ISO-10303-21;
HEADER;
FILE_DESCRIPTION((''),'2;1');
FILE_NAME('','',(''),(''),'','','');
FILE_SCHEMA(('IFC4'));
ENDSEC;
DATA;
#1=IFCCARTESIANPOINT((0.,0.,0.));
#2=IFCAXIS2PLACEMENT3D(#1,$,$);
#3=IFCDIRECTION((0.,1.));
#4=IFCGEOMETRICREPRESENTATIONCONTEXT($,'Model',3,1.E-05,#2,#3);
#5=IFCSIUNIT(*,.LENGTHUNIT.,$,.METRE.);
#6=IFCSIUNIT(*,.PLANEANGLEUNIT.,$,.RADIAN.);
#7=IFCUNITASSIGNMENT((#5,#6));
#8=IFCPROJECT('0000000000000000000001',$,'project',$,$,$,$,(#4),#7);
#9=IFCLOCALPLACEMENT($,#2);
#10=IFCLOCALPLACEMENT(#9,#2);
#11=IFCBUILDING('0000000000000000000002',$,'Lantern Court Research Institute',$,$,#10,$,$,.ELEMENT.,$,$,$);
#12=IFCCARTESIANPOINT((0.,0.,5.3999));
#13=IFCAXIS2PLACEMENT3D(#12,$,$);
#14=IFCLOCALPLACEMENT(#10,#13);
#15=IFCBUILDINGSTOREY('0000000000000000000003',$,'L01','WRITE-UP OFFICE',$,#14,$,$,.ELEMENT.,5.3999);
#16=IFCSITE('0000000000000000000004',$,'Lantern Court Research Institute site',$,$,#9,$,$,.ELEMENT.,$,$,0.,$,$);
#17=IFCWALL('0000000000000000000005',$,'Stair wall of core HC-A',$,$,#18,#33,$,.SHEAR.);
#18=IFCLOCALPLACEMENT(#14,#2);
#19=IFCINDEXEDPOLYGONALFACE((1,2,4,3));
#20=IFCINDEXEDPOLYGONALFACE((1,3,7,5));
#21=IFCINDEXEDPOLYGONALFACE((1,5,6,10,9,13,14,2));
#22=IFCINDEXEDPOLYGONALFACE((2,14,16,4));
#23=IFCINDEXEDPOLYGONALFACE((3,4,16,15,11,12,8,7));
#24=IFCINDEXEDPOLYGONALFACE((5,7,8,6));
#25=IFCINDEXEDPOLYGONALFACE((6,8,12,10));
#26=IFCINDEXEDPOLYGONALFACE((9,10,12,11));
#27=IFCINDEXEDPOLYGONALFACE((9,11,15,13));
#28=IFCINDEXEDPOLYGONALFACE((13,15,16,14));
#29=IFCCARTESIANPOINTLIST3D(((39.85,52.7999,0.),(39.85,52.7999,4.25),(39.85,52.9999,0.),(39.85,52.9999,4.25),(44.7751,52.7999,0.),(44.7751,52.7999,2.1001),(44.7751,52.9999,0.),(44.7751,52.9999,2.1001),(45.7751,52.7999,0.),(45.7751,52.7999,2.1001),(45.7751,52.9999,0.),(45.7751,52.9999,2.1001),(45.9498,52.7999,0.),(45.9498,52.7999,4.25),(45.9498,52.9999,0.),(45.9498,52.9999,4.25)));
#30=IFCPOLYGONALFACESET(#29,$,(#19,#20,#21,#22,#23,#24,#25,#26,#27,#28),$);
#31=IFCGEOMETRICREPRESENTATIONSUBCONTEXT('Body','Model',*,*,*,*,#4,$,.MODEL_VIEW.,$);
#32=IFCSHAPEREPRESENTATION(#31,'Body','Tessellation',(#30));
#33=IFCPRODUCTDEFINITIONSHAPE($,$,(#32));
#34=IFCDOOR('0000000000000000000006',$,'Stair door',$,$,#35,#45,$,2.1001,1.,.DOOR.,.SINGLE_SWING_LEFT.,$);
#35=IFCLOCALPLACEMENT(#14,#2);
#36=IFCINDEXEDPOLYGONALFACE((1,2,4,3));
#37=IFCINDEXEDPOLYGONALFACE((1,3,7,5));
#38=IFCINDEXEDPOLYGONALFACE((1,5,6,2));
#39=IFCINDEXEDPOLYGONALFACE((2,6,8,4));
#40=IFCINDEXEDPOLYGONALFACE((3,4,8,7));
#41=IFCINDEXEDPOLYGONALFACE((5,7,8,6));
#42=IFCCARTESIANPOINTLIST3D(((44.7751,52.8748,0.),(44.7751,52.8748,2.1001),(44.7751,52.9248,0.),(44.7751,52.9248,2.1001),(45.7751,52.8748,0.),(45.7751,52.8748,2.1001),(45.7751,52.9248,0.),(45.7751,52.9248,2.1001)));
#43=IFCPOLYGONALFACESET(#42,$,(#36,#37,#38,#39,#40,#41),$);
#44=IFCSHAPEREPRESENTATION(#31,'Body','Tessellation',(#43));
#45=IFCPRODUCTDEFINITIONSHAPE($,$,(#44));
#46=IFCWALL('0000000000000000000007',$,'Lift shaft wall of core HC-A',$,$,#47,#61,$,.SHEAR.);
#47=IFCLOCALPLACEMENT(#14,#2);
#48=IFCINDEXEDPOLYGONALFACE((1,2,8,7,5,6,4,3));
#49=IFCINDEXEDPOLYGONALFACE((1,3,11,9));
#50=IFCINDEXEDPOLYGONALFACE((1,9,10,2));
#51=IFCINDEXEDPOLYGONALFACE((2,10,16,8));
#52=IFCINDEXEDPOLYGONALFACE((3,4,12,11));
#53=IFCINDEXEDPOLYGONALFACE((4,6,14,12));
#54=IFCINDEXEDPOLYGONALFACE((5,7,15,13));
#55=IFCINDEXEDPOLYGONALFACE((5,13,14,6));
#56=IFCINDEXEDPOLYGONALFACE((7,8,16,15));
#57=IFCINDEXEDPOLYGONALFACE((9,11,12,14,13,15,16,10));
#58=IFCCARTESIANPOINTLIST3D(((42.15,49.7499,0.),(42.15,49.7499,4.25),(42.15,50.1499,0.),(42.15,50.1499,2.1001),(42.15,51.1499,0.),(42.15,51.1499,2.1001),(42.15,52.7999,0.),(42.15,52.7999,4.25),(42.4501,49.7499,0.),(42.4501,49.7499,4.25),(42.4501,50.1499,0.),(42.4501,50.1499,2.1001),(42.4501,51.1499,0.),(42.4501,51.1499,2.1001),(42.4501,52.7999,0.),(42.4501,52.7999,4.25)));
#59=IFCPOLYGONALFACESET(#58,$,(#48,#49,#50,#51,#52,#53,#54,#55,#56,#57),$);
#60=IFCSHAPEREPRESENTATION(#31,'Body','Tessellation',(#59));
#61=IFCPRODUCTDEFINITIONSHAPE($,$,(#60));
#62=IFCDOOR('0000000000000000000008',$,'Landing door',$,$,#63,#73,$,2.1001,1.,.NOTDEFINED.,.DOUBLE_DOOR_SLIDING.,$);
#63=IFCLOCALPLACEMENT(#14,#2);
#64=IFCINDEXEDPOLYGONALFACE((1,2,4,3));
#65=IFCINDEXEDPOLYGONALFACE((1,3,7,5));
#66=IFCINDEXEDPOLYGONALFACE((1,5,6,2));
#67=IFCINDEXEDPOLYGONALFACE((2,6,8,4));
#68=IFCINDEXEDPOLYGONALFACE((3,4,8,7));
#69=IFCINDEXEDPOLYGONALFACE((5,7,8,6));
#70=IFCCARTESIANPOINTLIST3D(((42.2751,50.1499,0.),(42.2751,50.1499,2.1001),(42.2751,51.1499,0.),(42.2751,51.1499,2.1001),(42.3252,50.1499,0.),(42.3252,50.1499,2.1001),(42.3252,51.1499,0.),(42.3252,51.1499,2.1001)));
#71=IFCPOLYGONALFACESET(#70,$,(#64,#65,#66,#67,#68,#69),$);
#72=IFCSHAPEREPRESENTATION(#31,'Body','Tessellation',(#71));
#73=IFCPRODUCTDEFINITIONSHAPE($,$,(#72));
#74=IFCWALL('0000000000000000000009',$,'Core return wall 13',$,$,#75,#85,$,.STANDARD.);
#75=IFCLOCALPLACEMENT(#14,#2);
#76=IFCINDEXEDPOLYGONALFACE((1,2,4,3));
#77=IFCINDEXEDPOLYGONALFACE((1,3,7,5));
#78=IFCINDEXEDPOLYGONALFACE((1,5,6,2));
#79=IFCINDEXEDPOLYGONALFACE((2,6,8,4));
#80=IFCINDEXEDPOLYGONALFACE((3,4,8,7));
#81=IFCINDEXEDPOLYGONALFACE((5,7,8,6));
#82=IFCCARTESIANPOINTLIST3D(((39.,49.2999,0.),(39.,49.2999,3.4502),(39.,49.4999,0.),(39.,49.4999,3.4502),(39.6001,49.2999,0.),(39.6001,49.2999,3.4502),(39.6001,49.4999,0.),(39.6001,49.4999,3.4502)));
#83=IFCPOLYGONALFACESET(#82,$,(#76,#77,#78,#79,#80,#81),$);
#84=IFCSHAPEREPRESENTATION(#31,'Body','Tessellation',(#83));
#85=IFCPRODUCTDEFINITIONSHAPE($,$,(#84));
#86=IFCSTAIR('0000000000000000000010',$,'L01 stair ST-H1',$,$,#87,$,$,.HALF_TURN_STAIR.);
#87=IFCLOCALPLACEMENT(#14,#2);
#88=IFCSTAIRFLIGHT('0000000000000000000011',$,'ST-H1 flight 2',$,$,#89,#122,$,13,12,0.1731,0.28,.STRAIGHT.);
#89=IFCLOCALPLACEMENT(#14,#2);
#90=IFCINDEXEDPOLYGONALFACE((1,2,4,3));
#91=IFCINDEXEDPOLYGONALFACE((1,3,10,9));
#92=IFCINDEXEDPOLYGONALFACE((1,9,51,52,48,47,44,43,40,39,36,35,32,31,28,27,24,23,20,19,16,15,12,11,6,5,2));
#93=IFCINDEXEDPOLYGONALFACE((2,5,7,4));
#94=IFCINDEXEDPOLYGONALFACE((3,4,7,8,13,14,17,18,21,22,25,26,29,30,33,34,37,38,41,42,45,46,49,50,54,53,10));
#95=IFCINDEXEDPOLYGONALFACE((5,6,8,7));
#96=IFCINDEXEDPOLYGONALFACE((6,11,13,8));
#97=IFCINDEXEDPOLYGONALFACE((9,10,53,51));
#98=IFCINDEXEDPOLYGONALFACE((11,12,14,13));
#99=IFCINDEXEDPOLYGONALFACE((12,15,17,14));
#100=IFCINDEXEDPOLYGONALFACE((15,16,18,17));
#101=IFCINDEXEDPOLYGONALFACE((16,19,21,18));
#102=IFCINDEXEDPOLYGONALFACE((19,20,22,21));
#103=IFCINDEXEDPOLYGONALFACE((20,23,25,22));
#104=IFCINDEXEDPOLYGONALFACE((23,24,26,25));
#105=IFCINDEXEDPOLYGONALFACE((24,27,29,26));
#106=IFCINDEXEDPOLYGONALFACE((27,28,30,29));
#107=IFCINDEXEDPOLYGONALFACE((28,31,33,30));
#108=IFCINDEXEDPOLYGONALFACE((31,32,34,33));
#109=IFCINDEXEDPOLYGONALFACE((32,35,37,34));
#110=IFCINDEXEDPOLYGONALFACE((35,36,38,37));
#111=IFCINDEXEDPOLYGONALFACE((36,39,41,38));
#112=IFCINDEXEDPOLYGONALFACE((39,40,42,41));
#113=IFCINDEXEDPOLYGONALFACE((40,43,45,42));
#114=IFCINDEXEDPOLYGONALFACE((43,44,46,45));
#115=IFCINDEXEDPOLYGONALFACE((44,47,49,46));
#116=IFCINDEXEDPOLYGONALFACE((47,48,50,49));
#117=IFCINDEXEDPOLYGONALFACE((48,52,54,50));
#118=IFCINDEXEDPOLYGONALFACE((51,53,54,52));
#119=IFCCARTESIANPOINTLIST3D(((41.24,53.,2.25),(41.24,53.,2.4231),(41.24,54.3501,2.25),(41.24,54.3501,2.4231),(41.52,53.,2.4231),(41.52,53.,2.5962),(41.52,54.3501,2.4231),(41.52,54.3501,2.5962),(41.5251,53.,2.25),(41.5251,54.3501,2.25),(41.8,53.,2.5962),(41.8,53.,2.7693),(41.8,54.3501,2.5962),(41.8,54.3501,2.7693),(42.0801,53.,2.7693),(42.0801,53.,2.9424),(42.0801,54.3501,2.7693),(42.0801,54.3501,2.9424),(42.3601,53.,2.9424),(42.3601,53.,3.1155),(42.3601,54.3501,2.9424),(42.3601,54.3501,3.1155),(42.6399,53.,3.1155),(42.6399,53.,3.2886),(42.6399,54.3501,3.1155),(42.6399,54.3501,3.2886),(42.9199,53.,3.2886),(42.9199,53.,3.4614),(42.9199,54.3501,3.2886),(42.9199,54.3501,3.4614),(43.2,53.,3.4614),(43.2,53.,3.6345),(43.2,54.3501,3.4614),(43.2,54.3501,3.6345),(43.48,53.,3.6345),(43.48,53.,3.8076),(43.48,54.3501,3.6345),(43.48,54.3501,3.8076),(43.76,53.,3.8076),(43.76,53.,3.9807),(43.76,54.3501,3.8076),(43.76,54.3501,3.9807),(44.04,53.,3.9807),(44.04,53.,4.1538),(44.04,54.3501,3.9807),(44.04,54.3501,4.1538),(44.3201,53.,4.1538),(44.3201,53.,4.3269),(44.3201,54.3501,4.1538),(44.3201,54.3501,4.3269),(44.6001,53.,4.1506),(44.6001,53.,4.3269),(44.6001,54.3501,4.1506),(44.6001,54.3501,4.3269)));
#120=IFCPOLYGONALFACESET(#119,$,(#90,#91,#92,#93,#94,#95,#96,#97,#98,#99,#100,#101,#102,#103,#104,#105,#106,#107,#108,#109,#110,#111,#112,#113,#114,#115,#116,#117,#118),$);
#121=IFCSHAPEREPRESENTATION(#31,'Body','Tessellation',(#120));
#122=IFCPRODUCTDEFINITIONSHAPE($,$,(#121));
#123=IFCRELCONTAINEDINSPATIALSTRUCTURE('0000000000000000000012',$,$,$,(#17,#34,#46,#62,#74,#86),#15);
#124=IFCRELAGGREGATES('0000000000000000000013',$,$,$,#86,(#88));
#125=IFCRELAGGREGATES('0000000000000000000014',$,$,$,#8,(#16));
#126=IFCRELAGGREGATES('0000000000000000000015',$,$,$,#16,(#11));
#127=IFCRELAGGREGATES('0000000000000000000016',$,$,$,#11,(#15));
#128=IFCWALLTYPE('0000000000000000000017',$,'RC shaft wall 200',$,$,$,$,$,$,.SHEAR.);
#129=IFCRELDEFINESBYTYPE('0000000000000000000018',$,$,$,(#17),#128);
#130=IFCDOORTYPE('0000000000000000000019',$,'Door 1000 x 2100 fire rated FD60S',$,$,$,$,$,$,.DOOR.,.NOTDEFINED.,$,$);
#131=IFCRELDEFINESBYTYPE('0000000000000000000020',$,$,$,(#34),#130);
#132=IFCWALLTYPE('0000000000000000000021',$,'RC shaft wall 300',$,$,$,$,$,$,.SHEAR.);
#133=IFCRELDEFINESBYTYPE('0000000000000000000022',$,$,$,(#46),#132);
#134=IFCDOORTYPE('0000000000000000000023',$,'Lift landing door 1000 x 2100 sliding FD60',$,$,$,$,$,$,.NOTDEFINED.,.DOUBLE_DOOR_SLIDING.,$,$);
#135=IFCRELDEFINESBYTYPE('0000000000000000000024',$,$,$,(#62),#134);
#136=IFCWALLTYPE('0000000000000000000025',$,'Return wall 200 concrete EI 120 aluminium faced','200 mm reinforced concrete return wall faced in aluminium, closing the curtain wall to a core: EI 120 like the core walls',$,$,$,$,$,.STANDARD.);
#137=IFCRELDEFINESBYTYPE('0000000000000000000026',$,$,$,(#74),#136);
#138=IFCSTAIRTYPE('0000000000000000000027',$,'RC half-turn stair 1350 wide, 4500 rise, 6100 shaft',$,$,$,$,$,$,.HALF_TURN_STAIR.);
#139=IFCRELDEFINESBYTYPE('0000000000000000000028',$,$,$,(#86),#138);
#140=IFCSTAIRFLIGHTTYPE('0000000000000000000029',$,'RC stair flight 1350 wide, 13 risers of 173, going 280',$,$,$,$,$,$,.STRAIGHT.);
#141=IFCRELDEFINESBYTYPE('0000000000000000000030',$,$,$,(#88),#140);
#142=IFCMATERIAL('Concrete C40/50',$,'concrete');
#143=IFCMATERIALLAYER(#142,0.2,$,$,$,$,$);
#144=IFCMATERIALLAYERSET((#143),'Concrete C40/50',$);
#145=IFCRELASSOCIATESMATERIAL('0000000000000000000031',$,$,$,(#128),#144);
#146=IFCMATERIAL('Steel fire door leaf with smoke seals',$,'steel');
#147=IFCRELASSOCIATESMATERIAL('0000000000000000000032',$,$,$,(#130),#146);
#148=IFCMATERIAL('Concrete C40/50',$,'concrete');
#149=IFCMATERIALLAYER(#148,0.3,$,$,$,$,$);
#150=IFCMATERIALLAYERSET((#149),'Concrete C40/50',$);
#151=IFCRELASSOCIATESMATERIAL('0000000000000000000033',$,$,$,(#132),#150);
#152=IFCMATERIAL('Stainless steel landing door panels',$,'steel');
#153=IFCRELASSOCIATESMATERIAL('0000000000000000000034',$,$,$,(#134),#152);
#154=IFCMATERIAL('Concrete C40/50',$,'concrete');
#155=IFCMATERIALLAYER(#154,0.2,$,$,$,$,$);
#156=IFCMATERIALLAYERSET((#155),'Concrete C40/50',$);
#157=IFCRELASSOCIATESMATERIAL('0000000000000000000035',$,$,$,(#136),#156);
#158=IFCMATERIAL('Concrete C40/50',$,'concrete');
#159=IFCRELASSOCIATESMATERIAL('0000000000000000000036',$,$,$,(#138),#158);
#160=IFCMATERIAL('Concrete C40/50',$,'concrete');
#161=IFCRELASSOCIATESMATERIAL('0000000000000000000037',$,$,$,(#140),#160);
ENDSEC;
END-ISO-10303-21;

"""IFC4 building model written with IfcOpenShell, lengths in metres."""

from ifc_helpers import new_model, si_unit, direction, frame, frame_2d, origin, place, context, subcontext, project, spatial, polyline, rectangle, outline, extrude, material, layer, layer_set, type_object, element, fill, aggregate, save


model = new_model("IFC4")

# Units and contexts
model_context = context("Model", 3, precision=1e-05, world=origin(), true_north=direction((0.0, 1.0)))
body_context = subcontext(model_context, "Body", "Model", "MODEL_VIEW")
ifc_project = project(units=[si_unit("LENGTHUNIT", "METRE"), si_unit("PLANEANGLEUNIT", "RADIAN")], contexts=[model_context])

# Site, building, storey
site_placement = place(None, origin())
site = spatial("IfcSite", under=ifc_project, at=site_placement, Name="Lantern Court Research Institute site", CompositionType="ELEMENT", RefElevation=0.0)
building_placement = place(site_placement, origin())
building = spatial("IfcBuilding", under=site, at=building_placement, Name="Lantern Court Research Institute", CompositionType="ELEMENT")
storey_placement = place(building_placement, frame((0.0, 0.0, 5.3999)))
storey = spatial("IfcBuildingStorey", under=building, at=storey_placement, Name="L01", Description="WRITE-UP OFFICE", CompositionType="ELEMENT", Elevation=5.3999)

# Walls, openings, doors
ifc_material_1 = material(Name="Concrete C40/50", Category="concrete")
ifc_layer_1 = layer(ifc_material_1, 0.2)
ifc_layer_set_1 = layer_set([ifc_layer_1], Name="Concrete C40/50")
wall_type_1 = type_object("IfcWallType", Name="RC shaft wall 200", PredefinedType="SHEAR", material=ifc_layer_set_1)
wall_1_placement = place(storey_placement, frame((39.8501, 52.8999, 0.0), z_axis=(0.0, 0.0, 1.0), x_axis=(1.0, 0.0, 0.0)))
wall_1 = element("IfcWall", 1, at=wall_1_placement, inside=storey, type_object=wall_type_1, Name="Stair wall of core HC-A", PredefinedType="SHEAR", context=body_context, shape_type="SweptSolid", body=[
    extrude(rectangle(XDim=6.0999, YDim=0.2, at=frame_2d((3.0498, 0.0))), origin(), (0.0, 0.0, 1.0), 4.25),
])
opening_1_placement = place(wall_1_placement, frame((4.925, 0.0, 0.0)))
opening_1 = element("IfcOpeningElement", 2, at=opening_1_placement, cuts=wall_1, PredefinedType="OPENING", context=body_context, shape_type="SweptSolid", body=[
    extrude(rectangle(XDim=1.0, YDim=2.1001, at=frame_2d((0.5, 1.05))), frame((0.0, 0.1099, 0.0), z_axis=(0.0, -1.0, 0.0), x_axis=(1.0, 0.0, 0.0)), (0.0, 0.0, 1.0), 0.22),
])
ifc_material_2 = material(Name="Steel fire door leaf with smoke seals", Category="steel")
door_type_1 = type_object("IfcDoorType", Name="Door 1000 x 2100 fire rated FD60S", OperationType="NOTDEFINED", PredefinedType="DOOR", material=ifc_material_2)
door_1_placement = place(opening_1_placement, origin())
door_1 = element("IfcDoor", 3, at=door_1_placement, inside=storey, type_object=door_type_1, Name="Stair door", OperationType="SINGLE_SWING_LEFT", OverallHeight=2.1001, OverallWidth=1.0, PredefinedType="DOOR", context=body_context, shape_type="SweptSolid", body=[
    extrude(rectangle(XDim=1.0, YDim=2.1001, at=frame_2d((0.5, 1.05))), frame((0.0, 0.0249, 0.0), z_axis=(0.0, -1.0, 0.0), x_axis=(1.0, 0.0, 0.0)), (0.0, 0.0, 1.0), 0.05),
])
fill(opening_1, door_1)
ifc_material_3 = material(Name="Concrete C40/50", Category="concrete")
ifc_layer_2 = layer(ifc_material_3, 0.3)
ifc_layer_set_2 = layer_set([ifc_layer_2], Name="Concrete C40/50")
wall_type_2 = type_object("IfcWallType", Name="RC shaft wall 300", PredefinedType="SHEAR", material=ifc_layer_set_2)
wall_2_placement = place(storey_placement, frame((42.3, 49.75, 0.0), z_axis=(0.0, 0.0, 1.0), x_axis=(0.0, 1.0, 0.0)))
wall_2 = element("IfcWall", 4, at=wall_2_placement, inside=storey, type_object=wall_type_2, Name="Lift shaft wall of core HC-A", PredefinedType="SHEAR", context=body_context, shape_type="SweptSolid", body=[
    extrude(rectangle(XDim=3.05, YDim=0.3, at=frame_2d((1.5249, 0.0))), origin(), (0.0, 0.0, 1.0), 4.25),
])
opening_2_placement = place(wall_2_placement, frame((0.3999, 0.0, 0.0)))
opening_2 = element("IfcOpeningElement", 5, at=opening_2_placement, cuts=wall_2, PredefinedType="OPENING", context=body_context, shape_type="SweptSolid", body=[
    extrude(rectangle(XDim=1.0, YDim=2.1001, at=frame_2d((0.5, 1.05))), frame((0.0, 0.1599, 0.0), z_axis=(0.0, -1.0, 0.0), x_axis=(1.0, 0.0, 0.0)), (0.0, 0.0, 1.0), 0.3201),
])
ifc_material_4 = material(Name="Stainless steel landing door panels", Category="steel")
door_type_2 = type_object("IfcDoorType", Name="Lift landing door 1000 x 2100 sliding FD60", OperationType="DOUBLE_DOOR_SLIDING", PredefinedType="NOTDEFINED", material=ifc_material_4)
door_2_placement = place(opening_2_placement, origin())
door_2 = element("IfcDoor", 6, at=door_2_placement, inside=storey, type_object=door_type_2, Name="Landing door", OperationType="DOUBLE_DOOR_SLIDING", OverallHeight=2.1001, OverallWidth=1.0, PredefinedType="NOTDEFINED", context=body_context, shape_type="SweptSolid", body=[
    extrude(rectangle(XDim=1.0, YDim=2.1001, at=frame_2d((0.5, 1.05))), frame((0.0, 0.0249, 0.0), z_axis=(0.0, -1.0, 0.0), x_axis=(1.0, 0.0, 0.0)), (0.0, 0.0, 1.0), 0.05),
])
fill(opening_2, door_2)

# Wall
ifc_material_5 = material(Name="Concrete C40/50", Category="concrete")
ifc_layer_3 = layer(ifc_material_5, 0.2)
ifc_layer_set_3 = layer_set([ifc_layer_3], Name="Concrete C40/50")
wall_type_3 = type_object("IfcWallType", Name="Return wall 200 concrete EI 120 aluminium faced", Description="200 mm reinforced concrete return wall faced in aluminium, closing the curtain wall to a core: EI 120 like the core walls", PredefinedType="STANDARD", material=ifc_layer_set_3)
wall_3_placement = place(storey_placement, frame((39.6001, 49.3999, 0.0), z_axis=(0.0, 0.0, 1.0), x_axis=(-1.0, 0.0, 0.0)))
element("IfcWall", 7, at=wall_3_placement, inside=storey, type_object=wall_type_3, Name="Core return wall 13", PredefinedType="STANDARD", context=body_context, shape_type="SweptSolid", body=[
    extrude(rectangle(XDim=0.6001, YDim=0.2, at=frame_2d((0.3, 0.0))), origin(), (0.0, 0.0, 1.0), 3.4502),
])

# Stair, stair flight
ifc_material_6 = material(Name="Concrete C40/50", Category="concrete")
stair_type = type_object("IfcStairType", Name="RC half-turn stair 1350 wide, 4500 rise, 6100 shaft", PredefinedType="HALF_TURN_STAIR", material=ifc_material_6)
stair_placement = place(storey_placement, origin())
stair = element("IfcStair", 8, at=stair_placement, inside=storey, type_object=stair_type, Name="L01 stair ST-H1", PredefinedType="HALF_TURN_STAIR")
ifc_material_7 = material(Name="Concrete C40/50", Category="concrete")
stair_flight_type = type_object("IfcStairFlightType", Name="RC stair flight 1350 wide, 13 risers of 173, going 280", PredefinedType="STRAIGHT", material=ifc_material_7)
stair_flight_placement = place(storey_placement, frame((41.24, 53.675, 2.25), z_axis=(0.0, 0.0, 1.0), x_axis=(1.0, 0.0, 0.0)))
stair_flight = element("IfcStairFlight", 9, at=stair_flight_placement, type_object=stair_flight_type, Name="ST-H1 flight 2", NumberOfRisers=13, NumberOfTreads=12, PredefinedType="STRAIGHT", RiserHeight=0.1731, TreadLength=0.28, context=body_context, shape_type="SweptSolid", body=[
    extrude(outline(polyline([(0.0, 0.0), (0.0, 0.1731), (0.28, 0.1731), (0.28, 0.3462), (0.5601, 0.3462), (0.5601, 0.5193), (0.8401, 0.5193), (0.8401, 0.6924), (1.1201, 0.6924), (1.1201, 0.8655), (1.3999, 0.8655), (1.3999, 1.0386), (1.6799, 1.0386), (1.6799, 1.2114), (1.96, 1.2114), (1.96, 1.3845), (2.24, 1.3845), (2.24, 1.5576), (2.52, 1.5576), (2.52, 1.7307), (2.8, 1.7307), (2.8, 1.9038), (3.0801, 1.9038), (3.0801, 2.0769), (3.3601, 2.0769), (3.3601, 2.25), (3.3601, 1.9006), (0.2852, 0.0), (0.0, 0.0)])), frame((0.0, 0.675, 0.0), z_axis=(0.0, -1.0, 0.0), x_axis=(1.0, 0.0, 0.0)), (0.0, 0.0, 1.0), 1.3501),
])
aggregate(stair, [stair_flight])

save(model, "model.ifc")
